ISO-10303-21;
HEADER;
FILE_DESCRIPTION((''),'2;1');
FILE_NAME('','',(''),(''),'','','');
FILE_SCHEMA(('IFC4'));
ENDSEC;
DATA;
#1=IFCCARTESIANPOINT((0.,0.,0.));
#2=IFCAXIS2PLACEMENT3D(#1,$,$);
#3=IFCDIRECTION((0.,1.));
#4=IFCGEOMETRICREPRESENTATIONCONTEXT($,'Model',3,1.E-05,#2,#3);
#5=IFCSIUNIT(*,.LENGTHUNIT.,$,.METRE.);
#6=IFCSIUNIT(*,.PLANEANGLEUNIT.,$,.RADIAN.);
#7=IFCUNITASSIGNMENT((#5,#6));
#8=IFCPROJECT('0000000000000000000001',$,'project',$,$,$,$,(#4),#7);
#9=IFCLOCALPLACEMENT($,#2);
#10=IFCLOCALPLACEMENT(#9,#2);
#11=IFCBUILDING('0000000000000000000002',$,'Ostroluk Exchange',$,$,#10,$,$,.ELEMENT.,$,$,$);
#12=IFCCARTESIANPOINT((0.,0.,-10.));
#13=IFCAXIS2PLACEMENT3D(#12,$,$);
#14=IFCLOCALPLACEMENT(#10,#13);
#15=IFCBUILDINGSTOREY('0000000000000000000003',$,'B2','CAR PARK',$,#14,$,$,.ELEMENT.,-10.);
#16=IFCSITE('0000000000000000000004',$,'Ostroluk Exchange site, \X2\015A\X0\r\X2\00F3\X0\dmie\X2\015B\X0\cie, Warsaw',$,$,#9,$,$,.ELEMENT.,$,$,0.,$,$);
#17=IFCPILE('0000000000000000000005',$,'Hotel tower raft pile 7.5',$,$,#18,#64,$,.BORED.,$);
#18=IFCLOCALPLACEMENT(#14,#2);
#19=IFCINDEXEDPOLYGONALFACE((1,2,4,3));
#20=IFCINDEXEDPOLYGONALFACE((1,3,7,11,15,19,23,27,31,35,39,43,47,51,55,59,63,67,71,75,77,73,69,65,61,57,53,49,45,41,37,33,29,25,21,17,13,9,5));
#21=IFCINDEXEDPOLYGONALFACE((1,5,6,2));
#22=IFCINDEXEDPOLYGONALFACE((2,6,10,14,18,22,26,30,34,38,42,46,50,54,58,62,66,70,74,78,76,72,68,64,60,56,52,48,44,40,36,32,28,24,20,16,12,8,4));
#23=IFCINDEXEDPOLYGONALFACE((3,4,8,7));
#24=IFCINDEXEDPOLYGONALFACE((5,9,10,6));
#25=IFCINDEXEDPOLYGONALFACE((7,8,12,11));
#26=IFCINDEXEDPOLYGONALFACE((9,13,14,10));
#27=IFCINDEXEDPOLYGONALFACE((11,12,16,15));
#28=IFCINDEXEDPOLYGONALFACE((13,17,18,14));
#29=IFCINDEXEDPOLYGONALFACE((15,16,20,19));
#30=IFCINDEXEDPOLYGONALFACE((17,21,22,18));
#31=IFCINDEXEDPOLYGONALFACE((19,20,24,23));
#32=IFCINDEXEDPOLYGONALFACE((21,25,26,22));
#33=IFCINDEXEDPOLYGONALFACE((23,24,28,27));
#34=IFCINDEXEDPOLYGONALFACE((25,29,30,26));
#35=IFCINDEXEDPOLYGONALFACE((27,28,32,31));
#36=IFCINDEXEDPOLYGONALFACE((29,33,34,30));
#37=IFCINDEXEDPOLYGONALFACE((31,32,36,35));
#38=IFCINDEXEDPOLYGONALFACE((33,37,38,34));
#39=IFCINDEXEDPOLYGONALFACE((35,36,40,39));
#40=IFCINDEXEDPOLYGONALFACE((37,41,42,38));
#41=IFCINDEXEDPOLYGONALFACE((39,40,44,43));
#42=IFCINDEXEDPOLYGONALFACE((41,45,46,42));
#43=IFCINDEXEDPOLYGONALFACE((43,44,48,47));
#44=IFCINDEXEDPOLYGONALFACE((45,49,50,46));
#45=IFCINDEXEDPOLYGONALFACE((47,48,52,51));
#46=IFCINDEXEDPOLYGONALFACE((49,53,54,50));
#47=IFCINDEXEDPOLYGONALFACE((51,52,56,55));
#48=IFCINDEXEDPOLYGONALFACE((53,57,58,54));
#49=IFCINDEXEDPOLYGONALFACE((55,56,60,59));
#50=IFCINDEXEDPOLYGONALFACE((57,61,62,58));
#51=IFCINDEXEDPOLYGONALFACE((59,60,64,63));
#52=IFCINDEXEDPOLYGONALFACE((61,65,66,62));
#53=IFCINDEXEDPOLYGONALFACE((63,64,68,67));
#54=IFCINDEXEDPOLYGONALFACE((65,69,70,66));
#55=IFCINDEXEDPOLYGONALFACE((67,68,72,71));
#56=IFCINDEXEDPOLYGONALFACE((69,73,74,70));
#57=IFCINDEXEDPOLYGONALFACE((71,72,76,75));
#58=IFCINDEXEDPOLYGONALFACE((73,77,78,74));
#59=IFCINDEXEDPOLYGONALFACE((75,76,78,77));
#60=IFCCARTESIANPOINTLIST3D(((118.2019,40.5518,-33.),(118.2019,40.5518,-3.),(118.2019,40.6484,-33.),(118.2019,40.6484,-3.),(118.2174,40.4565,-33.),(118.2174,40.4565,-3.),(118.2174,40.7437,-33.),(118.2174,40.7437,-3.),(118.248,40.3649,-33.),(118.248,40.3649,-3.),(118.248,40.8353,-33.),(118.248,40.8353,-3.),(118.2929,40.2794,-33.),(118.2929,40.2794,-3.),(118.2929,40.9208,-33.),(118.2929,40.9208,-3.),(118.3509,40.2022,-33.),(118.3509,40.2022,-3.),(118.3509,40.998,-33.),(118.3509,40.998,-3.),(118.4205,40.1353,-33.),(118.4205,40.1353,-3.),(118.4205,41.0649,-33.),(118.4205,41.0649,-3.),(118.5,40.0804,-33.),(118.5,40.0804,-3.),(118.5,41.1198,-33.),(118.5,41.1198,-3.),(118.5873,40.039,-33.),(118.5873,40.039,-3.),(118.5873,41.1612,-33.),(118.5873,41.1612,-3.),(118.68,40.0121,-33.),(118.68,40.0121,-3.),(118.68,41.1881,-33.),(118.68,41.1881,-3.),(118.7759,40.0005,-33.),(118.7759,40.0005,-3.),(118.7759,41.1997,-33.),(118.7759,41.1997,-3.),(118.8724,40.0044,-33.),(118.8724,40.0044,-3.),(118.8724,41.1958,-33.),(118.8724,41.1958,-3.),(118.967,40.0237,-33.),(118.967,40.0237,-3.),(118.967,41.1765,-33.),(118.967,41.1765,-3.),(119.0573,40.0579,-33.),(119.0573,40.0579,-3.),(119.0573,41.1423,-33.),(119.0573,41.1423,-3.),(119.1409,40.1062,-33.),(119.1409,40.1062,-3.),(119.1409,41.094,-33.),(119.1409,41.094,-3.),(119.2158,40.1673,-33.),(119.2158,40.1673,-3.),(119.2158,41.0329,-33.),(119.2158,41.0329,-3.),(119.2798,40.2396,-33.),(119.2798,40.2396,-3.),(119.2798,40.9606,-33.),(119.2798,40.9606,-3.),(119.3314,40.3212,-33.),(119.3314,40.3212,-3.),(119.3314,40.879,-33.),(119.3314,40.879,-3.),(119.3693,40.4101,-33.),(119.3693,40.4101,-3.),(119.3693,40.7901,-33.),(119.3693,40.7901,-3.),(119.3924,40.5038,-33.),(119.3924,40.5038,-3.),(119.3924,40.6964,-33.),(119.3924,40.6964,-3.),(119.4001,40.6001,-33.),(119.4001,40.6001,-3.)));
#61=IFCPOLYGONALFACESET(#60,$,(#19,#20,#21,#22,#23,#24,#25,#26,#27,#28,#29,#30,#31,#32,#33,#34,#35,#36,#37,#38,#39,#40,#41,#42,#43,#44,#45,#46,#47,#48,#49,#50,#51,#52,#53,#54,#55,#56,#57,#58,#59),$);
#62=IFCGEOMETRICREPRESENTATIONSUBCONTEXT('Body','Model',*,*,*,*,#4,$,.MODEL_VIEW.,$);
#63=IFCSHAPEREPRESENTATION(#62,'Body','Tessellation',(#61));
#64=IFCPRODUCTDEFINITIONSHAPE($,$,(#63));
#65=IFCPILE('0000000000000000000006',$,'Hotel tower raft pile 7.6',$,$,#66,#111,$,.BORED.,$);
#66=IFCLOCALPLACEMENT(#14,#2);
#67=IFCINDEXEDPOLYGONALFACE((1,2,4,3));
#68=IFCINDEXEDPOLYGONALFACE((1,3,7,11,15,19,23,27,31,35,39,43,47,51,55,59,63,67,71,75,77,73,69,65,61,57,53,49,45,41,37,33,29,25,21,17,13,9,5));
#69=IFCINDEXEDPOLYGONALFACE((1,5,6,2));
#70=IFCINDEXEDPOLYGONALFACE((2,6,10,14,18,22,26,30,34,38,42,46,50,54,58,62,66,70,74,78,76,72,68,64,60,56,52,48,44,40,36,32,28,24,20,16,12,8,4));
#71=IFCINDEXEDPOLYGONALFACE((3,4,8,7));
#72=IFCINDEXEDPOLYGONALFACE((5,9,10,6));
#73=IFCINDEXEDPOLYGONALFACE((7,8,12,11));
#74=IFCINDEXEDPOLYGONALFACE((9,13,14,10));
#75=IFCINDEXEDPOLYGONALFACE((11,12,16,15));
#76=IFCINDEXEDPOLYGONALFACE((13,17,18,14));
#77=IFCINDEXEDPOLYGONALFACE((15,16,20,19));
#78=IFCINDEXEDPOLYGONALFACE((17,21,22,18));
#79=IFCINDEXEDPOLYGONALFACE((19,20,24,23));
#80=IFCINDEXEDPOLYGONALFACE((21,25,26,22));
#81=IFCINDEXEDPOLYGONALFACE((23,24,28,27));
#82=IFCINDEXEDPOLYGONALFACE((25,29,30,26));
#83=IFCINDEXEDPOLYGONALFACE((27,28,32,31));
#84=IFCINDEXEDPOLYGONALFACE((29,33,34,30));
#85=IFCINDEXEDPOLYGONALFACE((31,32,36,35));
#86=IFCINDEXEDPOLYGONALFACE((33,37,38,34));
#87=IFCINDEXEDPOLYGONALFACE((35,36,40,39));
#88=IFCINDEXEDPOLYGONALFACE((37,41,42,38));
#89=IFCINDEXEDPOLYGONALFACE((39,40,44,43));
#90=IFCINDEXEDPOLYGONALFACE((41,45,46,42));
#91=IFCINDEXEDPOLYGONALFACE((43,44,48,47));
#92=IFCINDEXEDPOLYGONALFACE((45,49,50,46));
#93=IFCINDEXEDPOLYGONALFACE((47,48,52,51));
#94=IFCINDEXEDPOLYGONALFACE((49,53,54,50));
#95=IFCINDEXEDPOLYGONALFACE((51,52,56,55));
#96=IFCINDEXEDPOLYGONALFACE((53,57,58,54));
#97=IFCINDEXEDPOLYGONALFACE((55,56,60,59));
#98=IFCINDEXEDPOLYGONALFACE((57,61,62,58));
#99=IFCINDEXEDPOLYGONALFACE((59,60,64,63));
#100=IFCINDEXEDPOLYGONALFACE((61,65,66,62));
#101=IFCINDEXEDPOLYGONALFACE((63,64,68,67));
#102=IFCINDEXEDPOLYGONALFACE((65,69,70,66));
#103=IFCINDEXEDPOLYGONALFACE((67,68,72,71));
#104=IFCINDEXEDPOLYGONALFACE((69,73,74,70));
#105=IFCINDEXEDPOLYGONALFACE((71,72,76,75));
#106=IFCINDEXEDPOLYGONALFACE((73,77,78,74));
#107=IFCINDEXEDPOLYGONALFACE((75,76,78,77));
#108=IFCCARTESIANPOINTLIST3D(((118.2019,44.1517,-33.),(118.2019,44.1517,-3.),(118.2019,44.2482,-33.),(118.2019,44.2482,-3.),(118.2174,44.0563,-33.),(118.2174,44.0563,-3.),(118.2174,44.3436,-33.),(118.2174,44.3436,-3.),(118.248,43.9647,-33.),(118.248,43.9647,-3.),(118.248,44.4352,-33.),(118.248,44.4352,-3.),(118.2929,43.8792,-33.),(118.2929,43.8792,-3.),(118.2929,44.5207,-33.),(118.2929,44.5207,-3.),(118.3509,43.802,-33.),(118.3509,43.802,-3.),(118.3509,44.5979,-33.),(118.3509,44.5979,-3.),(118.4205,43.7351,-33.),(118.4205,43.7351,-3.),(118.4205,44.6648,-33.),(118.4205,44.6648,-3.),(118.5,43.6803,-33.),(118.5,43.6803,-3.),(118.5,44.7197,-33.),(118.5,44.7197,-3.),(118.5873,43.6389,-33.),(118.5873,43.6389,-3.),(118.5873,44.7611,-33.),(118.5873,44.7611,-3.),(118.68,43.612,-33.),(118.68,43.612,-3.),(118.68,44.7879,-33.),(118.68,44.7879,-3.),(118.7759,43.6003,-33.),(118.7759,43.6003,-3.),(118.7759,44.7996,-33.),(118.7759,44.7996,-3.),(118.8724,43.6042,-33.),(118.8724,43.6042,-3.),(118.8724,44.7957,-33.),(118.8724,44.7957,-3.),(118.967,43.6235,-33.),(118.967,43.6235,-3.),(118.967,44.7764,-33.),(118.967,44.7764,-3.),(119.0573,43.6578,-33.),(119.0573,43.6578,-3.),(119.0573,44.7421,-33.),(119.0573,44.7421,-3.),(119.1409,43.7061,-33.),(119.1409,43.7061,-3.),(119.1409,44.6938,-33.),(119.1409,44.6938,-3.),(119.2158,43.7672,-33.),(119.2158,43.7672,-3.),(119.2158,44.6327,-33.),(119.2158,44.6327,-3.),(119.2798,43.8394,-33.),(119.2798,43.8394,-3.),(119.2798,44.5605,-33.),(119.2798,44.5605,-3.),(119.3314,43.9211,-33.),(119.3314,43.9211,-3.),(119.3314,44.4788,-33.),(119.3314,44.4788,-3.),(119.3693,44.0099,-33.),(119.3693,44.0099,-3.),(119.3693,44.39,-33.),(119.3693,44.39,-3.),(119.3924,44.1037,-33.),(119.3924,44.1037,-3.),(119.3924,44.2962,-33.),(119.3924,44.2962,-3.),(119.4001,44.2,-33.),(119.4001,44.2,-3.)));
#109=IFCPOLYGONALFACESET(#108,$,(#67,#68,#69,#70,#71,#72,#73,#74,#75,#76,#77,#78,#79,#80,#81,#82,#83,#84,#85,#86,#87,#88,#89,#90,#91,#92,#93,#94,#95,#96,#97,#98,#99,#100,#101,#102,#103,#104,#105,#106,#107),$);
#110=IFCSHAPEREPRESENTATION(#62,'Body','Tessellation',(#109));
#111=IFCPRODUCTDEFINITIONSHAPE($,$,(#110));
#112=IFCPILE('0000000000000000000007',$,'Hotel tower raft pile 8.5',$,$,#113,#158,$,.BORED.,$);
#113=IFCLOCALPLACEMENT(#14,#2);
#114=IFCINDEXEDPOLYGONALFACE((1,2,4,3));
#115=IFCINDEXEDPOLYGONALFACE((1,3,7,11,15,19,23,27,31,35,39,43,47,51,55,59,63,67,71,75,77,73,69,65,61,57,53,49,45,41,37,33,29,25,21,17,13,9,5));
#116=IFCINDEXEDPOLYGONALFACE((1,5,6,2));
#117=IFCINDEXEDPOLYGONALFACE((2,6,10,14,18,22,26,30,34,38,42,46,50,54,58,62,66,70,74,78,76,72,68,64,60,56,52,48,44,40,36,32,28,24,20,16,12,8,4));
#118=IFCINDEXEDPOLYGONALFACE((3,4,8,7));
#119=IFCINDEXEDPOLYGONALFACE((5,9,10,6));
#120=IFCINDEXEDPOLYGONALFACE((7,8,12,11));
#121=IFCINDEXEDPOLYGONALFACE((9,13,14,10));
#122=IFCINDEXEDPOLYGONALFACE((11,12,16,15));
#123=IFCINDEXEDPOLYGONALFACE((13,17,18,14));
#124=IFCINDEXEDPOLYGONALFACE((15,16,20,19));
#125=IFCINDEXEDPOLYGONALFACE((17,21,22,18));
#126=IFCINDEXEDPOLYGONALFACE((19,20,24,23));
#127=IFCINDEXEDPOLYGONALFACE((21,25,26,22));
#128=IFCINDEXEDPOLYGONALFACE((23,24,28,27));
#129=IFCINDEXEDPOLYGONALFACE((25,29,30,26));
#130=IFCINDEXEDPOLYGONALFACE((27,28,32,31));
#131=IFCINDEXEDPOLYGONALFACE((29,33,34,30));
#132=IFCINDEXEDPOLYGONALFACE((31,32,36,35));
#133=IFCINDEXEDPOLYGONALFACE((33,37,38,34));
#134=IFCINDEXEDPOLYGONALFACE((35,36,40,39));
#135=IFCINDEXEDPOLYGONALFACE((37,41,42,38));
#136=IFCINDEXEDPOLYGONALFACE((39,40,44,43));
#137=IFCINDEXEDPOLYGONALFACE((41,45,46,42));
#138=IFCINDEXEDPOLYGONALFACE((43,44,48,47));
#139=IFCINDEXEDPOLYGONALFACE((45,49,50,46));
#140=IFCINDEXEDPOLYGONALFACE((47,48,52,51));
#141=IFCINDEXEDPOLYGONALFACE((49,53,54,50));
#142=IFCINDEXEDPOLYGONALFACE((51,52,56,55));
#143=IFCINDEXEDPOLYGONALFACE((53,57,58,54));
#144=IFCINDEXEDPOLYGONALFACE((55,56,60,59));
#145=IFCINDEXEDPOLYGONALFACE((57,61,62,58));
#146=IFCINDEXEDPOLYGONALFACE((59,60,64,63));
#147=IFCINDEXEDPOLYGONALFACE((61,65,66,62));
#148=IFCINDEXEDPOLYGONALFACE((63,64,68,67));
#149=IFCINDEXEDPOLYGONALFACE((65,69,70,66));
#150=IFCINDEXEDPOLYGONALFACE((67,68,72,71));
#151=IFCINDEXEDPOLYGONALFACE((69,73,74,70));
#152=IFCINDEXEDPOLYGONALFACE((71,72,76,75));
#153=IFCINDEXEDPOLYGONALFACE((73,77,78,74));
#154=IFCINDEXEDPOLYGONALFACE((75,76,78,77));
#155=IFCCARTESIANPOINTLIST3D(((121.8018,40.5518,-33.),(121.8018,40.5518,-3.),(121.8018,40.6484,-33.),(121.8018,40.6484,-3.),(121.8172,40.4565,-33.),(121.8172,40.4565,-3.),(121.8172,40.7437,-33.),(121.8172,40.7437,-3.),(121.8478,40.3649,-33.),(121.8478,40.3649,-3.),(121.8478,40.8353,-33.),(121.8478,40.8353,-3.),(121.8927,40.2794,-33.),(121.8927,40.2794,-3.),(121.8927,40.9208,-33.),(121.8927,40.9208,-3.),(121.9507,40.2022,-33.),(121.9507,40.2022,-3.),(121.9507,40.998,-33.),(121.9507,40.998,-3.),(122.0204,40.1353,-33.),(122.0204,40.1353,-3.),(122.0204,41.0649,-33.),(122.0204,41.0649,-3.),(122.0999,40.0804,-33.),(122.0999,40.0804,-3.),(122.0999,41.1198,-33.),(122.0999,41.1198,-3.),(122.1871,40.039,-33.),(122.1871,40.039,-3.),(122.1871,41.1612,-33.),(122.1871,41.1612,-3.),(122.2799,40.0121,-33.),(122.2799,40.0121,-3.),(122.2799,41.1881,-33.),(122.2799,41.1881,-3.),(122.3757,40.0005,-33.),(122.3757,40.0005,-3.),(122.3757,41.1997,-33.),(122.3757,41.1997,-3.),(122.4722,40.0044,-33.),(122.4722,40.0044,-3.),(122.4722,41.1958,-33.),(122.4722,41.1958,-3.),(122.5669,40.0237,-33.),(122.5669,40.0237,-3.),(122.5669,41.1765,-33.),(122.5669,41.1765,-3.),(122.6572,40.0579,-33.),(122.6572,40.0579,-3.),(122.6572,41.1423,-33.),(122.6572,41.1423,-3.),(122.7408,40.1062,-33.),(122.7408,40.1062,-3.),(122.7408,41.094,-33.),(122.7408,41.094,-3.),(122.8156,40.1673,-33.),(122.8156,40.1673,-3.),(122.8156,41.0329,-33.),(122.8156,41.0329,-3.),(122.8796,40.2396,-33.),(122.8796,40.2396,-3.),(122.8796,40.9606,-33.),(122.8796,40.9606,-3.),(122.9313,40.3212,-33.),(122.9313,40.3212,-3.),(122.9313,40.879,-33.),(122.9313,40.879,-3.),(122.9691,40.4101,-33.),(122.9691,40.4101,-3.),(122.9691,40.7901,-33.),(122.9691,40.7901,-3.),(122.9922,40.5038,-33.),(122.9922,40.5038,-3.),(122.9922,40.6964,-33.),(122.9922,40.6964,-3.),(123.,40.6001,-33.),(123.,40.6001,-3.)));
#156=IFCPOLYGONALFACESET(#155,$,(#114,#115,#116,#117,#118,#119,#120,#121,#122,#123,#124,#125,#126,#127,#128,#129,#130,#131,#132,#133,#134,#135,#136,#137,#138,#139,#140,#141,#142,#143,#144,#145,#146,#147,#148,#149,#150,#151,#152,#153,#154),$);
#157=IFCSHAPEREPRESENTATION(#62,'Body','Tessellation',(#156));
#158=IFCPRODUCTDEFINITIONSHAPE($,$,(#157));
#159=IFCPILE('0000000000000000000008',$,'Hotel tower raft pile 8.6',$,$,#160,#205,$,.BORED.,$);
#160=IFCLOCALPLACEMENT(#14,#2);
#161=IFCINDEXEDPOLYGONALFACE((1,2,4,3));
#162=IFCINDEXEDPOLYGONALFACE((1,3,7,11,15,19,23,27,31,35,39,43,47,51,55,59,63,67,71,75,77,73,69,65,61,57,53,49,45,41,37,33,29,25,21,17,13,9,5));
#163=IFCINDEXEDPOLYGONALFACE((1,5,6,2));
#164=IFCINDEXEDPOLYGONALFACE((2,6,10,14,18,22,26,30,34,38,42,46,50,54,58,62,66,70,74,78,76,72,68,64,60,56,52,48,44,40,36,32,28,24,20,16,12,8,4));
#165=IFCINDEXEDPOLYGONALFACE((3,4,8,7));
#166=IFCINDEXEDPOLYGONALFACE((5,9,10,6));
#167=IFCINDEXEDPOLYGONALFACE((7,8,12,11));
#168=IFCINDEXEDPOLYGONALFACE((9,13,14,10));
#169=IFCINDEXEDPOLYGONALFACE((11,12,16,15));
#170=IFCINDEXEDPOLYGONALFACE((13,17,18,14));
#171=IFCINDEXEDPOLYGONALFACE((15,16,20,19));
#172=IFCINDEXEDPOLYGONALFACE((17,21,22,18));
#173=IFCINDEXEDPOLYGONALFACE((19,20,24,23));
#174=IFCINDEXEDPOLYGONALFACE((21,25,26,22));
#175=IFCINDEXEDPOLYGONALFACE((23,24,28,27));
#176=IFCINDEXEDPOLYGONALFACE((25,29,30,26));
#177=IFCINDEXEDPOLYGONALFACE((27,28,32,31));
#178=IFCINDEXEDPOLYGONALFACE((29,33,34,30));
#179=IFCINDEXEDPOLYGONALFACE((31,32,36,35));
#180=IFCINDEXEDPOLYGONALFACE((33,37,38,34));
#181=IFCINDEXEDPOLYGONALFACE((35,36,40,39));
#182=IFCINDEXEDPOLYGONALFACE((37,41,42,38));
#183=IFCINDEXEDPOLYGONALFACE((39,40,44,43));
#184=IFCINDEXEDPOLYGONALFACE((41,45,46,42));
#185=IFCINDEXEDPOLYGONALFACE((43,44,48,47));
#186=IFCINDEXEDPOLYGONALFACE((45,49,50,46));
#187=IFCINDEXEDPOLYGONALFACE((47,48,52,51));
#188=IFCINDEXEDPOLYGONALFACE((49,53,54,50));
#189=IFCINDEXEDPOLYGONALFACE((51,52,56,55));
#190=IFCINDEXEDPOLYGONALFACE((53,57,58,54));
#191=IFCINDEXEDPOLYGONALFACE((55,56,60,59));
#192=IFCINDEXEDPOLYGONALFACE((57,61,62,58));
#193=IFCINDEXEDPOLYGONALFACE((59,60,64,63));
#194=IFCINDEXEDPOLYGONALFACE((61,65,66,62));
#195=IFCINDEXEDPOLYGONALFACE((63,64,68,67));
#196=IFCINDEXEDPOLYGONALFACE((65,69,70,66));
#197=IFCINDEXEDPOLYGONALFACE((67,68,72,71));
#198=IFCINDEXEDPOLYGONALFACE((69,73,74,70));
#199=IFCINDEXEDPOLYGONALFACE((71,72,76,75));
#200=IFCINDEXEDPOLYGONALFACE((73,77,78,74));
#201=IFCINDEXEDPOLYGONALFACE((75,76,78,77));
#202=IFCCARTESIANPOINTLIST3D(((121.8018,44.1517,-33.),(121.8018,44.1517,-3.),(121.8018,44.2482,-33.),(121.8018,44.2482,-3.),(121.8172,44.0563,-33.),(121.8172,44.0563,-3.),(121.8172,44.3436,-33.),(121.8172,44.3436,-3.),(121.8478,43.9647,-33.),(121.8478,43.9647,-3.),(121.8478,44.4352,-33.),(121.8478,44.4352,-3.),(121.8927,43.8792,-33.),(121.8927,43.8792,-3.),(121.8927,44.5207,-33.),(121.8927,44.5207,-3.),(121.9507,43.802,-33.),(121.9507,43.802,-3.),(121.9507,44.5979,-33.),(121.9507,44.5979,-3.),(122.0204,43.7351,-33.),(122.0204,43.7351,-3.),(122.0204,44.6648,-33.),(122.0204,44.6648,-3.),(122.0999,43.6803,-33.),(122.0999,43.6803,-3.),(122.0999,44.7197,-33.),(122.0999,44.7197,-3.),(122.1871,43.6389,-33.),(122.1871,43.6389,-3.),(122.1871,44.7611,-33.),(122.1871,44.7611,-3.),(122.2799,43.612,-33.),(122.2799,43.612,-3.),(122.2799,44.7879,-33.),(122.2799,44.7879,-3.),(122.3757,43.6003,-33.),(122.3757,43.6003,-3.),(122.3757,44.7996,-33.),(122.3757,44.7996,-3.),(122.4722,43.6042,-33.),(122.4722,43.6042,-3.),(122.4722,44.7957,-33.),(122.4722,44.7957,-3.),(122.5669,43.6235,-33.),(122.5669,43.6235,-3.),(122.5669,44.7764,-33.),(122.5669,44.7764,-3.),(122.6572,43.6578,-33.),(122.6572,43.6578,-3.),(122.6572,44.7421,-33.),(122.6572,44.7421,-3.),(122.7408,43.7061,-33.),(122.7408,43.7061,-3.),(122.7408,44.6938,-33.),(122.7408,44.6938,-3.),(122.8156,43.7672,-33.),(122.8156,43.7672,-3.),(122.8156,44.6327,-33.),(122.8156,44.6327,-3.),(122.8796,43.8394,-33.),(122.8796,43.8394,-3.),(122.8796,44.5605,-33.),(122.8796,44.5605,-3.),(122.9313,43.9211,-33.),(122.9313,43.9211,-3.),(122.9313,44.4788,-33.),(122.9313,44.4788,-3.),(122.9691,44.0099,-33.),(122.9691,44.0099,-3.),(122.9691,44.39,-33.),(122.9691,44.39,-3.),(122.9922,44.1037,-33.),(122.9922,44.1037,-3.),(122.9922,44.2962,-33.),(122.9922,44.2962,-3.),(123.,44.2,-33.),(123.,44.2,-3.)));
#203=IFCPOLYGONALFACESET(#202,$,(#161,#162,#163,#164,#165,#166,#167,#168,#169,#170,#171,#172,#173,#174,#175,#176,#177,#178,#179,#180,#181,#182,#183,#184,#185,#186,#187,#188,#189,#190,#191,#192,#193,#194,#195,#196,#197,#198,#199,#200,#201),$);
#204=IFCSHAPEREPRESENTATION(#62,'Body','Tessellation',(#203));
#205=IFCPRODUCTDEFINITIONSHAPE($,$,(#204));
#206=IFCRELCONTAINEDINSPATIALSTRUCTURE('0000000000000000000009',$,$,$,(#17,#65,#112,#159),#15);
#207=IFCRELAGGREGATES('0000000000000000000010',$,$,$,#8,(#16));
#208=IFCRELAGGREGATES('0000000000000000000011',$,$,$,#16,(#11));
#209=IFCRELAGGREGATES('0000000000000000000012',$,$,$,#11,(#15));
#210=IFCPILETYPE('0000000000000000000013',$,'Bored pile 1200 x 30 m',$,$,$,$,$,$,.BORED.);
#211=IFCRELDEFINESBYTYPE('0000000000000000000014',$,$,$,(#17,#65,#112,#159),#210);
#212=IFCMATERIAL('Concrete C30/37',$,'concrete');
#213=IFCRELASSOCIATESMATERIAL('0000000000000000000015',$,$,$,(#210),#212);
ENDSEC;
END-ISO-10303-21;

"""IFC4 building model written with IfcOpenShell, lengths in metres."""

from ifc_helpers import new_model, si_unit, direction, frame, origin, origin_2d, place, context, subcontext, project, spatial, circle, extrude, material, type_object, element, save


model = new_model("IFC4")

# Units and contexts
model_context = context("Model", 3, precision=1e-05, world=origin(), true_north=direction((0.0, 1.0)))
body_context = subcontext(model_context, "Body", "Model", "MODEL_VIEW")
ifc_project = project(units=[si_unit("LENGTHUNIT", "METRE"), si_unit("PLANEANGLEUNIT", "RADIAN")], contexts=[model_context])

# Site, building, storey
site_placement = place(None, origin())
site = spatial("IfcSite", under=ifc_project, at=site_placement, Name="Ostroluk Exchange site, Śródmieście, Warsaw", CompositionType="ELEMENT", RefElevation=0.0)
building_placement = place(site_placement, origin())
building = spatial("IfcBuilding", under=site, at=building_placement, Name="Ostroluk Exchange", CompositionType="ELEMENT")
storey_placement = place(building_placement, frame((0.0, 0.0, -10.0)))
storey = spatial("IfcBuildingStorey", under=building, at=storey_placement, Name="B2", Description="CAR PARK", CompositionType="ELEMENT", Elevation=-10.0)

# Piles
ifc_material_1 = material(Name="Concrete C30/37", Category="concrete")
pile_type = type_object("IfcPileType", Name="Bored pile 1200 x 30 m", PredefinedType="BORED", material=ifc_material_1)
for number, where, z_axis, x_axis, name in (
    (1, (118.8, 40.6001, -3.0), (0.0, 0.0, -1.0), (1.0, 0.0, 0.0), "Hotel tower raft pile 7.5"),
    (2, (118.8, 44.2, -3.0), (0.0, 0.0, -1.0), (1.0, 0.0, 0.0), "Hotel tower raft pile 7.6"),
    (3, (122.3999, 40.6001, -3.0), (0.0, 0.0, -1.0), (1.0, 0.0, 0.0), "Hotel tower raft pile 8.5"),
    (4, (122.3999, 44.2, -3.0), (0.0, 0.0, -1.0), (1.0, 0.0, 0.0), "Hotel tower raft pile 8.6"),
):
    element("IfcPile", number, at=place(storey_placement, frame(where, z_axis=z_axis, x_axis=x_axis)), inside=storey, type_object=pile_type, Name=name, PredefinedType="BORED", context=body_context, shape_type="SweptSolid", body=[
        extrude(circle(Radius=0.6001, at=origin_2d()), origin(), (0.0, 0.0, 1.0), 30.0),
    ])

save(model, "model.ifc")
